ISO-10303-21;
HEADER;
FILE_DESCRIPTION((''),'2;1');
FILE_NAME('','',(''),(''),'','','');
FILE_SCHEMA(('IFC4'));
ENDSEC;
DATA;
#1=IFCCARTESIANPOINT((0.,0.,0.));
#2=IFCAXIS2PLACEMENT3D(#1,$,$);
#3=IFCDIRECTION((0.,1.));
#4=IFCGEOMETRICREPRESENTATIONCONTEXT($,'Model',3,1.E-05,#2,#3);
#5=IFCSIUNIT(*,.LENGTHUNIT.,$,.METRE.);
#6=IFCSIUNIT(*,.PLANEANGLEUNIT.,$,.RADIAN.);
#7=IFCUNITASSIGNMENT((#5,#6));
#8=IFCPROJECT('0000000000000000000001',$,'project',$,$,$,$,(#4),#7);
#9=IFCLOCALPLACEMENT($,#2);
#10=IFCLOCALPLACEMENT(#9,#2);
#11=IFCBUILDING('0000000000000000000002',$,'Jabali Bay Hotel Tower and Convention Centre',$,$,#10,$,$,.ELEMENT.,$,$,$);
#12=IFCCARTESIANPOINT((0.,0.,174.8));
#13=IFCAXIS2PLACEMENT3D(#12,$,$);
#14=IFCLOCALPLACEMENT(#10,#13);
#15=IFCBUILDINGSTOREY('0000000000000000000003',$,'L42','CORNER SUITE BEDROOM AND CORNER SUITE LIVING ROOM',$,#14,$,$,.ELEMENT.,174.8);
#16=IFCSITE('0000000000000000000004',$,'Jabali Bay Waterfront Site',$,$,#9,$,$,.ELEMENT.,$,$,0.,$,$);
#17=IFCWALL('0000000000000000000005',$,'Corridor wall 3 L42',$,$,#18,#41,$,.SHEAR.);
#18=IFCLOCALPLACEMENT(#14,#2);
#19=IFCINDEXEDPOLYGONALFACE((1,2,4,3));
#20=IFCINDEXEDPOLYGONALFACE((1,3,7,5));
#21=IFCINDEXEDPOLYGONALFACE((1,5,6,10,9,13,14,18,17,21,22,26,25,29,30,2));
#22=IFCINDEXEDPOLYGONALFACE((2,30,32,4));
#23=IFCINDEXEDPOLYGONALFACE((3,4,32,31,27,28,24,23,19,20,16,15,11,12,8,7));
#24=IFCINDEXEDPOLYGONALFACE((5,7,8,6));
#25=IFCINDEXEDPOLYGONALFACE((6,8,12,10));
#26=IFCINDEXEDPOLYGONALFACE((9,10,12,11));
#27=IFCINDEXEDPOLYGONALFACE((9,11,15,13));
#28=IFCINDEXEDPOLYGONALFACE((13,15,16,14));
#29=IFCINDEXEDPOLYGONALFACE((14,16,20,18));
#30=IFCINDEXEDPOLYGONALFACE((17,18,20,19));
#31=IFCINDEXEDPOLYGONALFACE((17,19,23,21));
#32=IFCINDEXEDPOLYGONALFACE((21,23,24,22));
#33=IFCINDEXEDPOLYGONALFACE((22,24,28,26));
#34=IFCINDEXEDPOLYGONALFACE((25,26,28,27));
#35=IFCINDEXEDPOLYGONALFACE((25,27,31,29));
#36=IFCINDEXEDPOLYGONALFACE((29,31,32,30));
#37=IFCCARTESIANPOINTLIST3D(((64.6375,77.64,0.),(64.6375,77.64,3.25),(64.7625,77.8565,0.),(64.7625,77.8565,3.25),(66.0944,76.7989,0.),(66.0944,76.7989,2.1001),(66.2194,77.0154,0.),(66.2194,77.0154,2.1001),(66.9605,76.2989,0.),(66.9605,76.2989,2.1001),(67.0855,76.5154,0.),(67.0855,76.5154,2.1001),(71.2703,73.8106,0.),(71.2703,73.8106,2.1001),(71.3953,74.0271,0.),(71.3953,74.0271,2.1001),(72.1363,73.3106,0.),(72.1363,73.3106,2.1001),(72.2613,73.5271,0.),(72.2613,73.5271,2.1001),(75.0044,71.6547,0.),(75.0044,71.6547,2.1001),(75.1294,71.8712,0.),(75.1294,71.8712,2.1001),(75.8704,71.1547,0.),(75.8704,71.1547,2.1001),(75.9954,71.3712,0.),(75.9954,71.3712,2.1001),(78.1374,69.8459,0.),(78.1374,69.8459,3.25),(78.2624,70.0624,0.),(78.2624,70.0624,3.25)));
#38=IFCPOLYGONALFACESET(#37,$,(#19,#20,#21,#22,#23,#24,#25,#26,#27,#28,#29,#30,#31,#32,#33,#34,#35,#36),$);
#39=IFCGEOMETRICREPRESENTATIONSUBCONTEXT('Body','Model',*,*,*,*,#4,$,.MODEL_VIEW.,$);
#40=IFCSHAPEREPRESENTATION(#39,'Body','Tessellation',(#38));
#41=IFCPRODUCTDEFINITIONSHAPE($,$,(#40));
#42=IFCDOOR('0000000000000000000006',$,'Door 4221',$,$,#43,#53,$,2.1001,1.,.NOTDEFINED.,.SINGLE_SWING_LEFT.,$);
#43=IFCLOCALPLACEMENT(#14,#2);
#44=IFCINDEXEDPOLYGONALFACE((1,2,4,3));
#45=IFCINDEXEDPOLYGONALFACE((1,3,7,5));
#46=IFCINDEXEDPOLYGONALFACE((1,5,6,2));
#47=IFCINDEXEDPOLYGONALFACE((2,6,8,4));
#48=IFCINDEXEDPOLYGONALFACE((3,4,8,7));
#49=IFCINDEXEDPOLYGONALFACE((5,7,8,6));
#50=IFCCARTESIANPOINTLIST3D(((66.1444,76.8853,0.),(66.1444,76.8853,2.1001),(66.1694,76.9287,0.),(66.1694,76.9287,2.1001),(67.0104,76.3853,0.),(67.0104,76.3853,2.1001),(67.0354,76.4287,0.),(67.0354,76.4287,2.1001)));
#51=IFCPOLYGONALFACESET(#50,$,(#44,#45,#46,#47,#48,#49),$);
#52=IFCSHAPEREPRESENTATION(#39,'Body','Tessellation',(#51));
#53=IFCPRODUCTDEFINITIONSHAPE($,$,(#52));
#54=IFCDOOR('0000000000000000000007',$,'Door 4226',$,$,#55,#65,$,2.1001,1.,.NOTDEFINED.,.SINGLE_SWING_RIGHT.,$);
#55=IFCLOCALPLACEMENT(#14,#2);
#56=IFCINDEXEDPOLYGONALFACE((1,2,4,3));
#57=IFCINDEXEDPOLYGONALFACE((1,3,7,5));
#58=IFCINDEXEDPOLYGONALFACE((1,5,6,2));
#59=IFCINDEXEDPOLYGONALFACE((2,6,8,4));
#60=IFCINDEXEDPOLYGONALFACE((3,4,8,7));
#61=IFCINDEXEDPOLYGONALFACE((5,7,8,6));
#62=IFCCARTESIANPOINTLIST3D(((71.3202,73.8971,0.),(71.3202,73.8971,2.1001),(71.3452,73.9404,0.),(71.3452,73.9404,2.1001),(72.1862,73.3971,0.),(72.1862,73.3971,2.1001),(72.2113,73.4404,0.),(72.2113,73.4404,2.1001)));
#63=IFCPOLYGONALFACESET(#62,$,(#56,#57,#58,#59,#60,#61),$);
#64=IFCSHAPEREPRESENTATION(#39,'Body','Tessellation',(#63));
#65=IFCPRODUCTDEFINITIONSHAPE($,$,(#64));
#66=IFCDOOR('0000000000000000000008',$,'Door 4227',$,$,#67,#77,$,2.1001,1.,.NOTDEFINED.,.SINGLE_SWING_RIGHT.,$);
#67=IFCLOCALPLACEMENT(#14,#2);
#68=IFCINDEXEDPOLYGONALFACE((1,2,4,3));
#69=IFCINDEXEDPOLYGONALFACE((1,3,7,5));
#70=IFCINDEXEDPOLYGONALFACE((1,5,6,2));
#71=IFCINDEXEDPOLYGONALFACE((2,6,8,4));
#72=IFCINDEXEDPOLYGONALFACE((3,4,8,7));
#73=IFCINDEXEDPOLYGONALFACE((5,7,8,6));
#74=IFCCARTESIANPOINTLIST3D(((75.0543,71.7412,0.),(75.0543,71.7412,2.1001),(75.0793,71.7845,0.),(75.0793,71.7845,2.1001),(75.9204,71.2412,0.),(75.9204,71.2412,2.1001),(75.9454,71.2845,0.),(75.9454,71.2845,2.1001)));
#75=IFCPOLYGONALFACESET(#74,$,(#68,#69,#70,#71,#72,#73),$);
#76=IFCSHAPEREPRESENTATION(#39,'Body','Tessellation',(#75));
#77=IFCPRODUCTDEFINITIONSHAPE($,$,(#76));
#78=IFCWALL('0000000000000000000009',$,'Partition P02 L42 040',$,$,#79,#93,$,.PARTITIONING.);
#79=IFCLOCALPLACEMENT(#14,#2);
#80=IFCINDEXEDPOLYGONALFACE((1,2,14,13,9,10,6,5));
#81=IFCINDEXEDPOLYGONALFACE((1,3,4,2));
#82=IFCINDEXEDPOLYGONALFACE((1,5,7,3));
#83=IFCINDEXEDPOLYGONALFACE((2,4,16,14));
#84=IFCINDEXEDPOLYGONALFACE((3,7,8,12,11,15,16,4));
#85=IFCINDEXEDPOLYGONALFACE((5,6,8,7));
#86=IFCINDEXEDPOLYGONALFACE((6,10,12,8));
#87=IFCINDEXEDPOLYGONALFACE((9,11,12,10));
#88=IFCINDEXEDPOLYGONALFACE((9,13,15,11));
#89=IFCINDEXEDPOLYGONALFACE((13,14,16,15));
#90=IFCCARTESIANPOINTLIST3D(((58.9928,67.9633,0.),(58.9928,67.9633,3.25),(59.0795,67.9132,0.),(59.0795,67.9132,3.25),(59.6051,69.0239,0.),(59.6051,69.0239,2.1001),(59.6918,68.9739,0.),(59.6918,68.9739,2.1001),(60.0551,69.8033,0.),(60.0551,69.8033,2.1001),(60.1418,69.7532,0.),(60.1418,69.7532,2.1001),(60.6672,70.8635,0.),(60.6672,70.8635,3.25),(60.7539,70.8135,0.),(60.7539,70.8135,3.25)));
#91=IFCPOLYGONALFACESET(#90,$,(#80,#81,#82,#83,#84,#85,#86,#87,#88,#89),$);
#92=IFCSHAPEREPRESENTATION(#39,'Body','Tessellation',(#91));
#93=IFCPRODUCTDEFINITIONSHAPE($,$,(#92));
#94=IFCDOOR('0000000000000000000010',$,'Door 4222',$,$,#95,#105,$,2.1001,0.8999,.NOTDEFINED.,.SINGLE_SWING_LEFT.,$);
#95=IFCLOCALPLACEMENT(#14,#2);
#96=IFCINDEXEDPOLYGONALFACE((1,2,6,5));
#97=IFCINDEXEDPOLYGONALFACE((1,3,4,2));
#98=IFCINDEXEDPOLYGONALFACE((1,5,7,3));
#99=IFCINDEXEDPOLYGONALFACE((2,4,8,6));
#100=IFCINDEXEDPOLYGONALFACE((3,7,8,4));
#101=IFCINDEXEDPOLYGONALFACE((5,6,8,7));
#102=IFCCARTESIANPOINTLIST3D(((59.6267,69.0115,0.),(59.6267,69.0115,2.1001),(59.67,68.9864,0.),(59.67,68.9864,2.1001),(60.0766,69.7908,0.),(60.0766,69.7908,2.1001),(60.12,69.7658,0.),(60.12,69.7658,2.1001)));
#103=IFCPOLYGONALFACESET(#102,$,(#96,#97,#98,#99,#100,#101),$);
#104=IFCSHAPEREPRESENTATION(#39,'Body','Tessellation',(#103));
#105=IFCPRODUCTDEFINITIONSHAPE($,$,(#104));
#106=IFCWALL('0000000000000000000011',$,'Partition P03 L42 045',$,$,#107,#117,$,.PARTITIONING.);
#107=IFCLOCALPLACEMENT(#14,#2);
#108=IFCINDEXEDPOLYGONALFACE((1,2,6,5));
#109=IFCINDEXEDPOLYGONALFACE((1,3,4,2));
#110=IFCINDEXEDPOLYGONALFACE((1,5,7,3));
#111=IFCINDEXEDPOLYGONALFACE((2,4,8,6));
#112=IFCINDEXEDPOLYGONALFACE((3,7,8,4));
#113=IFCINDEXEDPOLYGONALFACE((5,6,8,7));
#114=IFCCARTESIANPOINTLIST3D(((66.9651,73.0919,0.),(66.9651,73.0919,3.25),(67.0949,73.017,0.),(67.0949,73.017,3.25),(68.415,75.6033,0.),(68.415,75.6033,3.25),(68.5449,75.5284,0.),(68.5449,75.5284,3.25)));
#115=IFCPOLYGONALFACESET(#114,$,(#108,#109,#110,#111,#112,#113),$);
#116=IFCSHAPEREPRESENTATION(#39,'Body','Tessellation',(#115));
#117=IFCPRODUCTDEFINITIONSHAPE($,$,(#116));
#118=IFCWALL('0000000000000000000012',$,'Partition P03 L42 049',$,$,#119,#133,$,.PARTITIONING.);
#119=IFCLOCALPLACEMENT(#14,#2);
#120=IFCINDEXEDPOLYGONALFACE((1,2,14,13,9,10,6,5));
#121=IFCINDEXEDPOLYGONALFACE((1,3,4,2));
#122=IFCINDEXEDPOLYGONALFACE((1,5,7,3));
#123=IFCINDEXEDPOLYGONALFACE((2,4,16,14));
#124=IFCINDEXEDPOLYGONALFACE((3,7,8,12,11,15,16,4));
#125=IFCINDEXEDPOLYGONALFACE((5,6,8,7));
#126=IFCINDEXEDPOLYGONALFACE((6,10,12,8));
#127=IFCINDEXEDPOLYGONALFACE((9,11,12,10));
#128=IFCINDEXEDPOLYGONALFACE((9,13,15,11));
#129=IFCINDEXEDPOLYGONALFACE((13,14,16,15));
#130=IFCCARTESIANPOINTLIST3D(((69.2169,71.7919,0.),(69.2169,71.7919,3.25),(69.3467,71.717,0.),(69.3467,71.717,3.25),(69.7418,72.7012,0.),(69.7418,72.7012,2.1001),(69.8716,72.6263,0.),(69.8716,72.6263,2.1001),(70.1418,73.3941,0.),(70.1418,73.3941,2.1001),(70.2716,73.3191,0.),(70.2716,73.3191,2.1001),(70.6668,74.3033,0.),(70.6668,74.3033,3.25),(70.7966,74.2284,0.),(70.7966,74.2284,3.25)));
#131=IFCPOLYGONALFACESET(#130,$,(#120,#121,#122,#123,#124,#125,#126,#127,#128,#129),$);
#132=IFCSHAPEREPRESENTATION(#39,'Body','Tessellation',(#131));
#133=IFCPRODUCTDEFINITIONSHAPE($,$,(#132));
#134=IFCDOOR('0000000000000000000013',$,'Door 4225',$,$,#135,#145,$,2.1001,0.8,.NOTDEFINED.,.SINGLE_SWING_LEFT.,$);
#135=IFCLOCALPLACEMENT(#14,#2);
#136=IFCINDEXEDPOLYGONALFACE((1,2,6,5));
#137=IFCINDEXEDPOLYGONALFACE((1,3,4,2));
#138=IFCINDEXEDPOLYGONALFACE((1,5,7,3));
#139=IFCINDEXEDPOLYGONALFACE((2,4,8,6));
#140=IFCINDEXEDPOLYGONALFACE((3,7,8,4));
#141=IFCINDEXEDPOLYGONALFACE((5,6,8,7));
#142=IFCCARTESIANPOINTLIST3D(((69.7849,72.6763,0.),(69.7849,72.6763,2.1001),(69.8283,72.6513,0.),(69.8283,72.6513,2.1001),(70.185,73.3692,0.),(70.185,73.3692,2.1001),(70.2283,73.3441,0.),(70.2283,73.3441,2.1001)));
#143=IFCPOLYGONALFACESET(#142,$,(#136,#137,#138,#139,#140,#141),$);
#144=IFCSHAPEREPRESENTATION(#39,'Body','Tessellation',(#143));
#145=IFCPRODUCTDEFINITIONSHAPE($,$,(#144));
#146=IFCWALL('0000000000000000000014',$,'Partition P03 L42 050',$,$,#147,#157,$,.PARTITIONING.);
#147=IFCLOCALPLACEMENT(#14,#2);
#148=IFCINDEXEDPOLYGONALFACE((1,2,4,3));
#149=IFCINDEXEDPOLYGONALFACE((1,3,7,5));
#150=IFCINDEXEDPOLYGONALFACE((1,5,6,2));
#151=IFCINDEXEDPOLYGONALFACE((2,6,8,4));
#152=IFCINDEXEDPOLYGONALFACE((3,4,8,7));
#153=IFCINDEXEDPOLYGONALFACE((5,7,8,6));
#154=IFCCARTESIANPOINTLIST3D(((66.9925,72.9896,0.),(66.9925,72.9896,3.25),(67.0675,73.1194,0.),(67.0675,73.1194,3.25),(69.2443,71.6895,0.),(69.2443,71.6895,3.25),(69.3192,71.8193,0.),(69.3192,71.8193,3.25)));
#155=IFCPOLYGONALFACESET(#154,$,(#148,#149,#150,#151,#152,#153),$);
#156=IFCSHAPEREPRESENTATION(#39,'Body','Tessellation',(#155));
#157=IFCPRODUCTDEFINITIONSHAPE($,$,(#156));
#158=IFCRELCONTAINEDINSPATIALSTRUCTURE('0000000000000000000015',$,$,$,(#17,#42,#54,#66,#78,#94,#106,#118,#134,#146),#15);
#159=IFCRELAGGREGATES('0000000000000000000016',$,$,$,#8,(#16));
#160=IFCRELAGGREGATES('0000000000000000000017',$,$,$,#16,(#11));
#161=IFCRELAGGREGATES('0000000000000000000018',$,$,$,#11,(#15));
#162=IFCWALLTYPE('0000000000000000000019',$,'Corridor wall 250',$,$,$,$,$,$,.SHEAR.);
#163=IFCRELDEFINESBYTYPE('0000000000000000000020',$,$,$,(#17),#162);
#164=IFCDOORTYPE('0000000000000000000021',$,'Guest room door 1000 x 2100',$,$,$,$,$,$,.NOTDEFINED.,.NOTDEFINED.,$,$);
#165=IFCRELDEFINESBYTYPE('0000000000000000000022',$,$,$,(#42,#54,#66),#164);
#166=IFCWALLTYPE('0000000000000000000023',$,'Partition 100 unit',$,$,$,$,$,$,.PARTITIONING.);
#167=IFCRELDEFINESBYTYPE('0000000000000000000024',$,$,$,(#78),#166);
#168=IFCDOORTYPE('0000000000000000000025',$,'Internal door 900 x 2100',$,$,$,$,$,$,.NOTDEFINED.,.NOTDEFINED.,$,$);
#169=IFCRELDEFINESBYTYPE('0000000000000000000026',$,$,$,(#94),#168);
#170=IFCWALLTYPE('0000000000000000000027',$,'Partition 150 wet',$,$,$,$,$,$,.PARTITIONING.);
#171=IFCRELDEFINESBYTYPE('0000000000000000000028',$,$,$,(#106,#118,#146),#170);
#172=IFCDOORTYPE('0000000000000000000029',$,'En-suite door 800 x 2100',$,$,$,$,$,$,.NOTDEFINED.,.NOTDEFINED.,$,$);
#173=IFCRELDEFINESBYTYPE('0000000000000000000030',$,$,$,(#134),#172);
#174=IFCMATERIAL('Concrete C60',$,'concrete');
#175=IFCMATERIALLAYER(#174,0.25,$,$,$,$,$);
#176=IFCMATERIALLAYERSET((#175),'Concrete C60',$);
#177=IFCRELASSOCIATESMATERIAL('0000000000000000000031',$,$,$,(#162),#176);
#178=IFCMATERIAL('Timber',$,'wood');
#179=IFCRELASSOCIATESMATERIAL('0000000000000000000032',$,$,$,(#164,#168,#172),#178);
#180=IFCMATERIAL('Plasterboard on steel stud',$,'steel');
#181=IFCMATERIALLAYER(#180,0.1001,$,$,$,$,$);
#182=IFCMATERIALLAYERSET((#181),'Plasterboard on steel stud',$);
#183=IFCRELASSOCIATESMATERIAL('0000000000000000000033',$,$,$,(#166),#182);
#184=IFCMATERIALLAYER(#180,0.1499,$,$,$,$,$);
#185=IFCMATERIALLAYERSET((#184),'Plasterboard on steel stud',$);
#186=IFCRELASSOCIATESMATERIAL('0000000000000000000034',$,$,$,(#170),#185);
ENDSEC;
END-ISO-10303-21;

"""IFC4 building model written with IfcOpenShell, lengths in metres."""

from ifc_helpers import new_model, si_unit, direction, frame, frame_2d, origin, place, context, subcontext, project, spatial, rectangle, extrude, material, layer, layer_set, type_object, element, fill, save


model = new_model("IFC4")

# Units and contexts
model_context = context("Model", 3, precision=1e-05, world=origin(), true_north=direction((0.0, 1.0)))
body_context = subcontext(model_context, "Body", "Model", "MODEL_VIEW")
ifc_project = project(units=[si_unit("LENGTHUNIT", "METRE"), si_unit("PLANEANGLEUNIT", "RADIAN")], contexts=[model_context])

# Site, building, storey
site_placement = place(None, origin())
site = spatial("IfcSite", under=ifc_project, at=site_placement, Name="Jabali Bay Waterfront Site", CompositionType="ELEMENT", RefElevation=0.0)
building_placement = place(site_placement, origin())
building = spatial("IfcBuilding", under=site, at=building_placement, Name="Jabali Bay Hotel Tower and Convention Centre", CompositionType="ELEMENT")
storey_placement = place(building_placement, frame((0.0, 0.0, 174.8)))
storey = spatial("IfcBuildingStorey", under=building, at=storey_placement, Name="L42", Description="CORNER SUITE BEDROOM AND CORNER SUITE LIVING ROOM", CompositionType="ELEMENT", Elevation=174.8)

# Shared definitions
ifc_material_1 = material(Name="Concrete C60", Category="concrete")

# Wall, openings, doors
ifc_layer_1 = layer(ifc_material_1, 0.25)
ifc_layer_set_1 = layer_set([ifc_layer_1], Name="Concrete C60")
wall_type_1 = type_object("IfcWallType", Name="Corridor wall 250", PredefinedType="SHEAR", material=ifc_layer_set_1)
wall_1_placement = place(storey_placement, frame((64.7, 77.7483, 0.0), z_axis=(0.0, 0.0, 1.0), x_axis=(0.866026, -0.499998, 0.0)))
wall_1 = element("IfcWall", 1, at=wall_1_placement, inside=storey, type_object=wall_type_1, Name="Corridor wall 3 L42", PredefinedType="SHEAR", context=body_context, shape_type="SweptSolid", body=[
    extrude(rectangle(XDim=15.5884, YDim=0.25, at=frame_2d((7.7942, 0.0))), origin(), (0.0, 0.0, 1.0), 3.25),
])
opening_1_placement = place(wall_1_placement, frame((1.6824, 0.0, 0.0)))
opening_1 = element("IfcOpeningElement", 2, at=opening_1_placement, cuts=wall_1, PredefinedType="OPENING", context=body_context, shape_type="SweptSolid", body=[
    extrude(rectangle(XDim=1.0, YDim=2.1001, at=frame_2d((0.5, 1.05))), frame((0.0, 0.1355, 0.0), z_axis=(0.0, -1.0, 0.0), x_axis=(1.0, 0.0, 0.0)), (0.0, 0.0, 1.0), 0.271),
])
opening_2_placement = place(wall_1_placement, frame((7.6589, 0.0, 0.0)))
opening_2 = element("IfcOpeningElement", 3, at=opening_2_placement, cuts=wall_1, PredefinedType="OPENING", context=body_context, shape_type="SweptSolid", body=[
    extrude(rectangle(XDim=1.0, YDim=2.1001, at=frame_2d((0.5, 1.05))), frame((0.0, 0.1355, 0.0), z_axis=(0.0, -1.0, 0.0), x_axis=(1.0, 0.0, 0.0)), (0.0, 0.0, 1.0), 0.271),
])
opening_3_placement = place(wall_1_placement, frame((11.9707, 0.0, 0.0)))
opening_3 = element("IfcOpeningElement", 4, at=opening_3_placement, cuts=wall_1, PredefinedType="OPENING", context=body_context, shape_type="SweptSolid", body=[
    extrude(rectangle(XDim=1.0, YDim=2.1001, at=frame_2d((0.5, 1.05))), frame((0.0, 0.1355, 0.0), z_axis=(0.0, -1.0, 0.0), x_axis=(1.0, 0.0, 0.0)), (0.0, 0.0, 1.0), 0.271),
])
ifc_material_2 = material(Name="Timber", Category="wood")
door_type_1 = type_object("IfcDoorType", Name="Guest room door 1000 x 2100", OperationType="NOTDEFINED", PredefinedType="NOTDEFINED", material=ifc_material_2)
door_1_placement = place(opening_1_placement, origin())
door_1 = element("IfcDoor", 5, at=door_1_placement, inside=storey, type_object=door_type_1, Name="Door 4221", OperationType="SINGLE_SWING_LEFT", OverallHeight=2.1001, OverallWidth=1.0, PredefinedType="NOTDEFINED", context=body_context, shape_type="SweptSolid", body=[
    extrude(rectangle(XDim=1.0, YDim=2.1001, at=frame_2d((0.5, 1.05))), frame((0.0, 0.0249, 0.0), z_axis=(0.0, -1.0, 0.0), x_axis=(1.0, 0.0, 0.0)), (0.0, 0.0, 1.0), 0.05),
])
fill(opening_1, door_1)
door_2_placement = place(opening_2_placement, origin())
door_2 = element("IfcDoor", 6, at=door_2_placement, inside=storey, type_object=door_type_1, Name="Door 4226", OperationType="SINGLE_SWING_RIGHT", OverallHeight=2.1001, OverallWidth=1.0, PredefinedType="NOTDEFINED", context=body_context, shape_type="SweptSolid", body=[
    extrude(rectangle(XDim=1.0, YDim=2.1001, at=frame_2d((0.5, 1.05))), frame((0.0, 0.0249, 0.0), z_axis=(0.0, -1.0, 0.0), x_axis=(1.0, 0.0, 0.0)), (0.0, 0.0, 1.0), 0.05),
])
fill(opening_2, door_2)
door_3_placement = place(opening_3_placement, origin())
door_3 = element("IfcDoor", 7, at=door_3_placement, inside=storey, type_object=door_type_1, Name="Door 4227", OperationType="SINGLE_SWING_RIGHT", OverallHeight=2.1001, OverallWidth=1.0, PredefinedType="NOTDEFINED", context=body_context, shape_type="SweptSolid", body=[
    extrude(rectangle(XDim=1.0, YDim=2.1001, at=frame_2d((0.5, 1.05))), frame((0.0, 0.0249, 0.0), z_axis=(0.0, -1.0, 0.0), x_axis=(1.0, 0.0, 0.0)), (0.0, 0.0, 1.0), 0.05),
])
fill(opening_3, door_3)

# Wall, opening, door
ifc_material_3 = material(Name="Plasterboard on steel stud", Category="steel")
ifc_layer_2 = layer(ifc_material_3, 0.1001)
ifc_layer_set_2 = layer_set([ifc_layer_2], Name="Plasterboard on steel stud")
wall_type_2 = type_object("IfcWallType", Name="Partition 100 unit", PredefinedType="PARTITIONING", material=ifc_layer_set_2)
wall_2_placement = place(storey_placement, frame((60.7104, 70.8384, 0.0), z_axis=(0.0, 0.0, 1.0), x_axis=(-0.499981, -0.866036, 0.0)))
wall_2 = element("IfcWall", 8, at=wall_2_placement, inside=storey, type_object=wall_type_2, Name="Partition P02 L42 040", PredefinedType="PARTITIONING", context=body_context, shape_type="SweptSolid", body=[
    extrude(rectangle(XDim=3.3489, YDim=0.1001, at=frame_2d((1.6743, 0.0))), origin(), (0.0, 0.0, 1.0), 3.25),
])
opening_4_placement = place(wall_2_placement, frame((1.2241, 0.0, 0.0)))
opening_4 = element("IfcOpeningElement", 9, at=opening_4_placement, cuts=wall_2, PredefinedType="OPENING", context=body_context, shape_type="SweptSolid", body=[
    extrude(rectangle(XDim=0.8999, YDim=2.1001, at=frame_2d((0.45, 1.05))), frame((0.0, 0.0605, 0.0), z_axis=(0.0, -1.0, 0.0), x_axis=(1.0, 0.0, 0.0)), (0.0, 0.0, 1.0), 0.1211),
])
door_type_2 = type_object("IfcDoorType", Name="Internal door 900 x 2100", OperationType="NOTDEFINED", PredefinedType="NOTDEFINED", material=ifc_material_2)
door_4_placement = place(opening_4_placement, origin())
door_4 = element("IfcDoor", 10, at=door_4_placement, inside=storey, type_object=door_type_2, Name="Door 4222", OperationType="SINGLE_SWING_LEFT", OverallHeight=2.1001, OverallWidth=0.8999, PredefinedType="NOTDEFINED", context=body_context, shape_type="SweptSolid", body=[
    extrude(rectangle(XDim=0.8999, YDim=2.1001, at=frame_2d((0.45, 1.05))), frame((0.0, 0.0249, 0.0), z_axis=(0.0, -1.0, 0.0), x_axis=(1.0, 0.0, 0.0)), (0.0, 0.0, 1.0), 0.05),
])
fill(opening_4, door_4)

# Wall
ifc_layer_3 = layer(ifc_material_3, 0.1499)
ifc_layer_set_3 = layer_set([ifc_layer_3], Name="Plasterboard on steel stud")
wall_type_3 = type_object("IfcWallType", Name="Partition 150 wet", PredefinedType="PARTITIONING", material=ifc_layer_set_3)
wall_3_placement = place(storey_placement, frame((67.03, 73.0544, 0.0), z_axis=(0.0, 0.0, 1.0), x_axis=(0.499987, 0.866033, 0.0)))
element("IfcWall", 11, at=wall_3_placement, inside=storey, type_object=wall_type_3, Name="Partition P03 L42 045", PredefinedType="PARTITIONING", context=body_context, shape_type="SweptSolid", body=[
    extrude(rectangle(XDim=2.8999, YDim=0.1499, at=frame_2d((1.45, 0.0))), origin(), (0.0, 0.0, 1.0), 3.25),
])

# Wall, opening, door
wall_4_placement = place(storey_placement, frame((70.7317, 74.2659, 0.0), z_axis=(0.0, 0.0, 1.0), x_axis=(-0.499987, -0.866033, 0.0)))
wall_4 = element("IfcWall", 12, at=wall_4_placement, inside=storey, type_object=wall_type_3, Name="Partition P03 L42 049", PredefinedType="PARTITIONING", context=body_context, shape_type="SweptSolid", body=[
    extrude(rectangle(XDim=2.8999, YDim=0.1499, at=frame_2d((1.45, 0.0))), origin(), (0.0, 0.0, 1.0), 3.25),
])
opening_5_placement = place(wall_4_placement, frame((1.05, 0.0, 0.0)))
opening_5 = element("IfcOpeningElement", 13, at=opening_5_placement, cuts=wall_4, PredefinedType="OPENING", context=body_context, shape_type="SweptSolid", body=[
    extrude(rectangle(XDim=0.8, YDim=2.1001, at=frame_2d((0.3999, 1.05))), frame((0.0, 0.0854, 0.0), z_axis=(0.0, -1.0, 0.0), x_axis=(1.0, 0.0, 0.0)), (0.0, 0.0, 1.0), 0.1709),
])
door_type_3 = type_object("IfcDoorType", Name="En-suite door 800 x 2100", OperationType="NOTDEFINED", PredefinedType="NOTDEFINED", material=ifc_material_2)
door_5_placement = place(opening_5_placement, origin())
door_5 = element("IfcDoor", 14, at=door_5_placement, inside=storey, type_object=door_type_3, Name="Door 4225", OperationType="SINGLE_SWING_LEFT", OverallHeight=2.1001, OverallWidth=0.8, PredefinedType="NOTDEFINED", context=body_context, shape_type="SweptSolid", body=[
    extrude(rectangle(XDim=0.8, YDim=2.1001, at=frame_2d((0.3999, 1.05))), frame((0.0, 0.0249, 0.0), z_axis=(0.0, -1.0, 0.0), x_axis=(1.0, 0.0, 0.0)), (0.0, 0.0, 1.0), 0.05),
])
fill(opening_5, door_5)

# Wall
wall_5_placement = place(storey_placement, frame((69.2817, 71.7544, 0.0), z_axis=(0.0, 0.0, 1.0), x_axis=(-0.866021, 0.500007, 0.0)))
element("IfcWall", 15, at=wall_5_placement, inside=storey, type_object=wall_type_3, Name="Partition P03 L42 050", PredefinedType="PARTITIONING", context=body_context, shape_type="SweptSolid", body=[
    extrude(rectangle(XDim=2.6001, YDim=0.1499, at=frame_2d((1.3, 0.0))), origin(), (0.0, 0.0, 1.0), 3.25),
])

save(model, "model.ifc")
